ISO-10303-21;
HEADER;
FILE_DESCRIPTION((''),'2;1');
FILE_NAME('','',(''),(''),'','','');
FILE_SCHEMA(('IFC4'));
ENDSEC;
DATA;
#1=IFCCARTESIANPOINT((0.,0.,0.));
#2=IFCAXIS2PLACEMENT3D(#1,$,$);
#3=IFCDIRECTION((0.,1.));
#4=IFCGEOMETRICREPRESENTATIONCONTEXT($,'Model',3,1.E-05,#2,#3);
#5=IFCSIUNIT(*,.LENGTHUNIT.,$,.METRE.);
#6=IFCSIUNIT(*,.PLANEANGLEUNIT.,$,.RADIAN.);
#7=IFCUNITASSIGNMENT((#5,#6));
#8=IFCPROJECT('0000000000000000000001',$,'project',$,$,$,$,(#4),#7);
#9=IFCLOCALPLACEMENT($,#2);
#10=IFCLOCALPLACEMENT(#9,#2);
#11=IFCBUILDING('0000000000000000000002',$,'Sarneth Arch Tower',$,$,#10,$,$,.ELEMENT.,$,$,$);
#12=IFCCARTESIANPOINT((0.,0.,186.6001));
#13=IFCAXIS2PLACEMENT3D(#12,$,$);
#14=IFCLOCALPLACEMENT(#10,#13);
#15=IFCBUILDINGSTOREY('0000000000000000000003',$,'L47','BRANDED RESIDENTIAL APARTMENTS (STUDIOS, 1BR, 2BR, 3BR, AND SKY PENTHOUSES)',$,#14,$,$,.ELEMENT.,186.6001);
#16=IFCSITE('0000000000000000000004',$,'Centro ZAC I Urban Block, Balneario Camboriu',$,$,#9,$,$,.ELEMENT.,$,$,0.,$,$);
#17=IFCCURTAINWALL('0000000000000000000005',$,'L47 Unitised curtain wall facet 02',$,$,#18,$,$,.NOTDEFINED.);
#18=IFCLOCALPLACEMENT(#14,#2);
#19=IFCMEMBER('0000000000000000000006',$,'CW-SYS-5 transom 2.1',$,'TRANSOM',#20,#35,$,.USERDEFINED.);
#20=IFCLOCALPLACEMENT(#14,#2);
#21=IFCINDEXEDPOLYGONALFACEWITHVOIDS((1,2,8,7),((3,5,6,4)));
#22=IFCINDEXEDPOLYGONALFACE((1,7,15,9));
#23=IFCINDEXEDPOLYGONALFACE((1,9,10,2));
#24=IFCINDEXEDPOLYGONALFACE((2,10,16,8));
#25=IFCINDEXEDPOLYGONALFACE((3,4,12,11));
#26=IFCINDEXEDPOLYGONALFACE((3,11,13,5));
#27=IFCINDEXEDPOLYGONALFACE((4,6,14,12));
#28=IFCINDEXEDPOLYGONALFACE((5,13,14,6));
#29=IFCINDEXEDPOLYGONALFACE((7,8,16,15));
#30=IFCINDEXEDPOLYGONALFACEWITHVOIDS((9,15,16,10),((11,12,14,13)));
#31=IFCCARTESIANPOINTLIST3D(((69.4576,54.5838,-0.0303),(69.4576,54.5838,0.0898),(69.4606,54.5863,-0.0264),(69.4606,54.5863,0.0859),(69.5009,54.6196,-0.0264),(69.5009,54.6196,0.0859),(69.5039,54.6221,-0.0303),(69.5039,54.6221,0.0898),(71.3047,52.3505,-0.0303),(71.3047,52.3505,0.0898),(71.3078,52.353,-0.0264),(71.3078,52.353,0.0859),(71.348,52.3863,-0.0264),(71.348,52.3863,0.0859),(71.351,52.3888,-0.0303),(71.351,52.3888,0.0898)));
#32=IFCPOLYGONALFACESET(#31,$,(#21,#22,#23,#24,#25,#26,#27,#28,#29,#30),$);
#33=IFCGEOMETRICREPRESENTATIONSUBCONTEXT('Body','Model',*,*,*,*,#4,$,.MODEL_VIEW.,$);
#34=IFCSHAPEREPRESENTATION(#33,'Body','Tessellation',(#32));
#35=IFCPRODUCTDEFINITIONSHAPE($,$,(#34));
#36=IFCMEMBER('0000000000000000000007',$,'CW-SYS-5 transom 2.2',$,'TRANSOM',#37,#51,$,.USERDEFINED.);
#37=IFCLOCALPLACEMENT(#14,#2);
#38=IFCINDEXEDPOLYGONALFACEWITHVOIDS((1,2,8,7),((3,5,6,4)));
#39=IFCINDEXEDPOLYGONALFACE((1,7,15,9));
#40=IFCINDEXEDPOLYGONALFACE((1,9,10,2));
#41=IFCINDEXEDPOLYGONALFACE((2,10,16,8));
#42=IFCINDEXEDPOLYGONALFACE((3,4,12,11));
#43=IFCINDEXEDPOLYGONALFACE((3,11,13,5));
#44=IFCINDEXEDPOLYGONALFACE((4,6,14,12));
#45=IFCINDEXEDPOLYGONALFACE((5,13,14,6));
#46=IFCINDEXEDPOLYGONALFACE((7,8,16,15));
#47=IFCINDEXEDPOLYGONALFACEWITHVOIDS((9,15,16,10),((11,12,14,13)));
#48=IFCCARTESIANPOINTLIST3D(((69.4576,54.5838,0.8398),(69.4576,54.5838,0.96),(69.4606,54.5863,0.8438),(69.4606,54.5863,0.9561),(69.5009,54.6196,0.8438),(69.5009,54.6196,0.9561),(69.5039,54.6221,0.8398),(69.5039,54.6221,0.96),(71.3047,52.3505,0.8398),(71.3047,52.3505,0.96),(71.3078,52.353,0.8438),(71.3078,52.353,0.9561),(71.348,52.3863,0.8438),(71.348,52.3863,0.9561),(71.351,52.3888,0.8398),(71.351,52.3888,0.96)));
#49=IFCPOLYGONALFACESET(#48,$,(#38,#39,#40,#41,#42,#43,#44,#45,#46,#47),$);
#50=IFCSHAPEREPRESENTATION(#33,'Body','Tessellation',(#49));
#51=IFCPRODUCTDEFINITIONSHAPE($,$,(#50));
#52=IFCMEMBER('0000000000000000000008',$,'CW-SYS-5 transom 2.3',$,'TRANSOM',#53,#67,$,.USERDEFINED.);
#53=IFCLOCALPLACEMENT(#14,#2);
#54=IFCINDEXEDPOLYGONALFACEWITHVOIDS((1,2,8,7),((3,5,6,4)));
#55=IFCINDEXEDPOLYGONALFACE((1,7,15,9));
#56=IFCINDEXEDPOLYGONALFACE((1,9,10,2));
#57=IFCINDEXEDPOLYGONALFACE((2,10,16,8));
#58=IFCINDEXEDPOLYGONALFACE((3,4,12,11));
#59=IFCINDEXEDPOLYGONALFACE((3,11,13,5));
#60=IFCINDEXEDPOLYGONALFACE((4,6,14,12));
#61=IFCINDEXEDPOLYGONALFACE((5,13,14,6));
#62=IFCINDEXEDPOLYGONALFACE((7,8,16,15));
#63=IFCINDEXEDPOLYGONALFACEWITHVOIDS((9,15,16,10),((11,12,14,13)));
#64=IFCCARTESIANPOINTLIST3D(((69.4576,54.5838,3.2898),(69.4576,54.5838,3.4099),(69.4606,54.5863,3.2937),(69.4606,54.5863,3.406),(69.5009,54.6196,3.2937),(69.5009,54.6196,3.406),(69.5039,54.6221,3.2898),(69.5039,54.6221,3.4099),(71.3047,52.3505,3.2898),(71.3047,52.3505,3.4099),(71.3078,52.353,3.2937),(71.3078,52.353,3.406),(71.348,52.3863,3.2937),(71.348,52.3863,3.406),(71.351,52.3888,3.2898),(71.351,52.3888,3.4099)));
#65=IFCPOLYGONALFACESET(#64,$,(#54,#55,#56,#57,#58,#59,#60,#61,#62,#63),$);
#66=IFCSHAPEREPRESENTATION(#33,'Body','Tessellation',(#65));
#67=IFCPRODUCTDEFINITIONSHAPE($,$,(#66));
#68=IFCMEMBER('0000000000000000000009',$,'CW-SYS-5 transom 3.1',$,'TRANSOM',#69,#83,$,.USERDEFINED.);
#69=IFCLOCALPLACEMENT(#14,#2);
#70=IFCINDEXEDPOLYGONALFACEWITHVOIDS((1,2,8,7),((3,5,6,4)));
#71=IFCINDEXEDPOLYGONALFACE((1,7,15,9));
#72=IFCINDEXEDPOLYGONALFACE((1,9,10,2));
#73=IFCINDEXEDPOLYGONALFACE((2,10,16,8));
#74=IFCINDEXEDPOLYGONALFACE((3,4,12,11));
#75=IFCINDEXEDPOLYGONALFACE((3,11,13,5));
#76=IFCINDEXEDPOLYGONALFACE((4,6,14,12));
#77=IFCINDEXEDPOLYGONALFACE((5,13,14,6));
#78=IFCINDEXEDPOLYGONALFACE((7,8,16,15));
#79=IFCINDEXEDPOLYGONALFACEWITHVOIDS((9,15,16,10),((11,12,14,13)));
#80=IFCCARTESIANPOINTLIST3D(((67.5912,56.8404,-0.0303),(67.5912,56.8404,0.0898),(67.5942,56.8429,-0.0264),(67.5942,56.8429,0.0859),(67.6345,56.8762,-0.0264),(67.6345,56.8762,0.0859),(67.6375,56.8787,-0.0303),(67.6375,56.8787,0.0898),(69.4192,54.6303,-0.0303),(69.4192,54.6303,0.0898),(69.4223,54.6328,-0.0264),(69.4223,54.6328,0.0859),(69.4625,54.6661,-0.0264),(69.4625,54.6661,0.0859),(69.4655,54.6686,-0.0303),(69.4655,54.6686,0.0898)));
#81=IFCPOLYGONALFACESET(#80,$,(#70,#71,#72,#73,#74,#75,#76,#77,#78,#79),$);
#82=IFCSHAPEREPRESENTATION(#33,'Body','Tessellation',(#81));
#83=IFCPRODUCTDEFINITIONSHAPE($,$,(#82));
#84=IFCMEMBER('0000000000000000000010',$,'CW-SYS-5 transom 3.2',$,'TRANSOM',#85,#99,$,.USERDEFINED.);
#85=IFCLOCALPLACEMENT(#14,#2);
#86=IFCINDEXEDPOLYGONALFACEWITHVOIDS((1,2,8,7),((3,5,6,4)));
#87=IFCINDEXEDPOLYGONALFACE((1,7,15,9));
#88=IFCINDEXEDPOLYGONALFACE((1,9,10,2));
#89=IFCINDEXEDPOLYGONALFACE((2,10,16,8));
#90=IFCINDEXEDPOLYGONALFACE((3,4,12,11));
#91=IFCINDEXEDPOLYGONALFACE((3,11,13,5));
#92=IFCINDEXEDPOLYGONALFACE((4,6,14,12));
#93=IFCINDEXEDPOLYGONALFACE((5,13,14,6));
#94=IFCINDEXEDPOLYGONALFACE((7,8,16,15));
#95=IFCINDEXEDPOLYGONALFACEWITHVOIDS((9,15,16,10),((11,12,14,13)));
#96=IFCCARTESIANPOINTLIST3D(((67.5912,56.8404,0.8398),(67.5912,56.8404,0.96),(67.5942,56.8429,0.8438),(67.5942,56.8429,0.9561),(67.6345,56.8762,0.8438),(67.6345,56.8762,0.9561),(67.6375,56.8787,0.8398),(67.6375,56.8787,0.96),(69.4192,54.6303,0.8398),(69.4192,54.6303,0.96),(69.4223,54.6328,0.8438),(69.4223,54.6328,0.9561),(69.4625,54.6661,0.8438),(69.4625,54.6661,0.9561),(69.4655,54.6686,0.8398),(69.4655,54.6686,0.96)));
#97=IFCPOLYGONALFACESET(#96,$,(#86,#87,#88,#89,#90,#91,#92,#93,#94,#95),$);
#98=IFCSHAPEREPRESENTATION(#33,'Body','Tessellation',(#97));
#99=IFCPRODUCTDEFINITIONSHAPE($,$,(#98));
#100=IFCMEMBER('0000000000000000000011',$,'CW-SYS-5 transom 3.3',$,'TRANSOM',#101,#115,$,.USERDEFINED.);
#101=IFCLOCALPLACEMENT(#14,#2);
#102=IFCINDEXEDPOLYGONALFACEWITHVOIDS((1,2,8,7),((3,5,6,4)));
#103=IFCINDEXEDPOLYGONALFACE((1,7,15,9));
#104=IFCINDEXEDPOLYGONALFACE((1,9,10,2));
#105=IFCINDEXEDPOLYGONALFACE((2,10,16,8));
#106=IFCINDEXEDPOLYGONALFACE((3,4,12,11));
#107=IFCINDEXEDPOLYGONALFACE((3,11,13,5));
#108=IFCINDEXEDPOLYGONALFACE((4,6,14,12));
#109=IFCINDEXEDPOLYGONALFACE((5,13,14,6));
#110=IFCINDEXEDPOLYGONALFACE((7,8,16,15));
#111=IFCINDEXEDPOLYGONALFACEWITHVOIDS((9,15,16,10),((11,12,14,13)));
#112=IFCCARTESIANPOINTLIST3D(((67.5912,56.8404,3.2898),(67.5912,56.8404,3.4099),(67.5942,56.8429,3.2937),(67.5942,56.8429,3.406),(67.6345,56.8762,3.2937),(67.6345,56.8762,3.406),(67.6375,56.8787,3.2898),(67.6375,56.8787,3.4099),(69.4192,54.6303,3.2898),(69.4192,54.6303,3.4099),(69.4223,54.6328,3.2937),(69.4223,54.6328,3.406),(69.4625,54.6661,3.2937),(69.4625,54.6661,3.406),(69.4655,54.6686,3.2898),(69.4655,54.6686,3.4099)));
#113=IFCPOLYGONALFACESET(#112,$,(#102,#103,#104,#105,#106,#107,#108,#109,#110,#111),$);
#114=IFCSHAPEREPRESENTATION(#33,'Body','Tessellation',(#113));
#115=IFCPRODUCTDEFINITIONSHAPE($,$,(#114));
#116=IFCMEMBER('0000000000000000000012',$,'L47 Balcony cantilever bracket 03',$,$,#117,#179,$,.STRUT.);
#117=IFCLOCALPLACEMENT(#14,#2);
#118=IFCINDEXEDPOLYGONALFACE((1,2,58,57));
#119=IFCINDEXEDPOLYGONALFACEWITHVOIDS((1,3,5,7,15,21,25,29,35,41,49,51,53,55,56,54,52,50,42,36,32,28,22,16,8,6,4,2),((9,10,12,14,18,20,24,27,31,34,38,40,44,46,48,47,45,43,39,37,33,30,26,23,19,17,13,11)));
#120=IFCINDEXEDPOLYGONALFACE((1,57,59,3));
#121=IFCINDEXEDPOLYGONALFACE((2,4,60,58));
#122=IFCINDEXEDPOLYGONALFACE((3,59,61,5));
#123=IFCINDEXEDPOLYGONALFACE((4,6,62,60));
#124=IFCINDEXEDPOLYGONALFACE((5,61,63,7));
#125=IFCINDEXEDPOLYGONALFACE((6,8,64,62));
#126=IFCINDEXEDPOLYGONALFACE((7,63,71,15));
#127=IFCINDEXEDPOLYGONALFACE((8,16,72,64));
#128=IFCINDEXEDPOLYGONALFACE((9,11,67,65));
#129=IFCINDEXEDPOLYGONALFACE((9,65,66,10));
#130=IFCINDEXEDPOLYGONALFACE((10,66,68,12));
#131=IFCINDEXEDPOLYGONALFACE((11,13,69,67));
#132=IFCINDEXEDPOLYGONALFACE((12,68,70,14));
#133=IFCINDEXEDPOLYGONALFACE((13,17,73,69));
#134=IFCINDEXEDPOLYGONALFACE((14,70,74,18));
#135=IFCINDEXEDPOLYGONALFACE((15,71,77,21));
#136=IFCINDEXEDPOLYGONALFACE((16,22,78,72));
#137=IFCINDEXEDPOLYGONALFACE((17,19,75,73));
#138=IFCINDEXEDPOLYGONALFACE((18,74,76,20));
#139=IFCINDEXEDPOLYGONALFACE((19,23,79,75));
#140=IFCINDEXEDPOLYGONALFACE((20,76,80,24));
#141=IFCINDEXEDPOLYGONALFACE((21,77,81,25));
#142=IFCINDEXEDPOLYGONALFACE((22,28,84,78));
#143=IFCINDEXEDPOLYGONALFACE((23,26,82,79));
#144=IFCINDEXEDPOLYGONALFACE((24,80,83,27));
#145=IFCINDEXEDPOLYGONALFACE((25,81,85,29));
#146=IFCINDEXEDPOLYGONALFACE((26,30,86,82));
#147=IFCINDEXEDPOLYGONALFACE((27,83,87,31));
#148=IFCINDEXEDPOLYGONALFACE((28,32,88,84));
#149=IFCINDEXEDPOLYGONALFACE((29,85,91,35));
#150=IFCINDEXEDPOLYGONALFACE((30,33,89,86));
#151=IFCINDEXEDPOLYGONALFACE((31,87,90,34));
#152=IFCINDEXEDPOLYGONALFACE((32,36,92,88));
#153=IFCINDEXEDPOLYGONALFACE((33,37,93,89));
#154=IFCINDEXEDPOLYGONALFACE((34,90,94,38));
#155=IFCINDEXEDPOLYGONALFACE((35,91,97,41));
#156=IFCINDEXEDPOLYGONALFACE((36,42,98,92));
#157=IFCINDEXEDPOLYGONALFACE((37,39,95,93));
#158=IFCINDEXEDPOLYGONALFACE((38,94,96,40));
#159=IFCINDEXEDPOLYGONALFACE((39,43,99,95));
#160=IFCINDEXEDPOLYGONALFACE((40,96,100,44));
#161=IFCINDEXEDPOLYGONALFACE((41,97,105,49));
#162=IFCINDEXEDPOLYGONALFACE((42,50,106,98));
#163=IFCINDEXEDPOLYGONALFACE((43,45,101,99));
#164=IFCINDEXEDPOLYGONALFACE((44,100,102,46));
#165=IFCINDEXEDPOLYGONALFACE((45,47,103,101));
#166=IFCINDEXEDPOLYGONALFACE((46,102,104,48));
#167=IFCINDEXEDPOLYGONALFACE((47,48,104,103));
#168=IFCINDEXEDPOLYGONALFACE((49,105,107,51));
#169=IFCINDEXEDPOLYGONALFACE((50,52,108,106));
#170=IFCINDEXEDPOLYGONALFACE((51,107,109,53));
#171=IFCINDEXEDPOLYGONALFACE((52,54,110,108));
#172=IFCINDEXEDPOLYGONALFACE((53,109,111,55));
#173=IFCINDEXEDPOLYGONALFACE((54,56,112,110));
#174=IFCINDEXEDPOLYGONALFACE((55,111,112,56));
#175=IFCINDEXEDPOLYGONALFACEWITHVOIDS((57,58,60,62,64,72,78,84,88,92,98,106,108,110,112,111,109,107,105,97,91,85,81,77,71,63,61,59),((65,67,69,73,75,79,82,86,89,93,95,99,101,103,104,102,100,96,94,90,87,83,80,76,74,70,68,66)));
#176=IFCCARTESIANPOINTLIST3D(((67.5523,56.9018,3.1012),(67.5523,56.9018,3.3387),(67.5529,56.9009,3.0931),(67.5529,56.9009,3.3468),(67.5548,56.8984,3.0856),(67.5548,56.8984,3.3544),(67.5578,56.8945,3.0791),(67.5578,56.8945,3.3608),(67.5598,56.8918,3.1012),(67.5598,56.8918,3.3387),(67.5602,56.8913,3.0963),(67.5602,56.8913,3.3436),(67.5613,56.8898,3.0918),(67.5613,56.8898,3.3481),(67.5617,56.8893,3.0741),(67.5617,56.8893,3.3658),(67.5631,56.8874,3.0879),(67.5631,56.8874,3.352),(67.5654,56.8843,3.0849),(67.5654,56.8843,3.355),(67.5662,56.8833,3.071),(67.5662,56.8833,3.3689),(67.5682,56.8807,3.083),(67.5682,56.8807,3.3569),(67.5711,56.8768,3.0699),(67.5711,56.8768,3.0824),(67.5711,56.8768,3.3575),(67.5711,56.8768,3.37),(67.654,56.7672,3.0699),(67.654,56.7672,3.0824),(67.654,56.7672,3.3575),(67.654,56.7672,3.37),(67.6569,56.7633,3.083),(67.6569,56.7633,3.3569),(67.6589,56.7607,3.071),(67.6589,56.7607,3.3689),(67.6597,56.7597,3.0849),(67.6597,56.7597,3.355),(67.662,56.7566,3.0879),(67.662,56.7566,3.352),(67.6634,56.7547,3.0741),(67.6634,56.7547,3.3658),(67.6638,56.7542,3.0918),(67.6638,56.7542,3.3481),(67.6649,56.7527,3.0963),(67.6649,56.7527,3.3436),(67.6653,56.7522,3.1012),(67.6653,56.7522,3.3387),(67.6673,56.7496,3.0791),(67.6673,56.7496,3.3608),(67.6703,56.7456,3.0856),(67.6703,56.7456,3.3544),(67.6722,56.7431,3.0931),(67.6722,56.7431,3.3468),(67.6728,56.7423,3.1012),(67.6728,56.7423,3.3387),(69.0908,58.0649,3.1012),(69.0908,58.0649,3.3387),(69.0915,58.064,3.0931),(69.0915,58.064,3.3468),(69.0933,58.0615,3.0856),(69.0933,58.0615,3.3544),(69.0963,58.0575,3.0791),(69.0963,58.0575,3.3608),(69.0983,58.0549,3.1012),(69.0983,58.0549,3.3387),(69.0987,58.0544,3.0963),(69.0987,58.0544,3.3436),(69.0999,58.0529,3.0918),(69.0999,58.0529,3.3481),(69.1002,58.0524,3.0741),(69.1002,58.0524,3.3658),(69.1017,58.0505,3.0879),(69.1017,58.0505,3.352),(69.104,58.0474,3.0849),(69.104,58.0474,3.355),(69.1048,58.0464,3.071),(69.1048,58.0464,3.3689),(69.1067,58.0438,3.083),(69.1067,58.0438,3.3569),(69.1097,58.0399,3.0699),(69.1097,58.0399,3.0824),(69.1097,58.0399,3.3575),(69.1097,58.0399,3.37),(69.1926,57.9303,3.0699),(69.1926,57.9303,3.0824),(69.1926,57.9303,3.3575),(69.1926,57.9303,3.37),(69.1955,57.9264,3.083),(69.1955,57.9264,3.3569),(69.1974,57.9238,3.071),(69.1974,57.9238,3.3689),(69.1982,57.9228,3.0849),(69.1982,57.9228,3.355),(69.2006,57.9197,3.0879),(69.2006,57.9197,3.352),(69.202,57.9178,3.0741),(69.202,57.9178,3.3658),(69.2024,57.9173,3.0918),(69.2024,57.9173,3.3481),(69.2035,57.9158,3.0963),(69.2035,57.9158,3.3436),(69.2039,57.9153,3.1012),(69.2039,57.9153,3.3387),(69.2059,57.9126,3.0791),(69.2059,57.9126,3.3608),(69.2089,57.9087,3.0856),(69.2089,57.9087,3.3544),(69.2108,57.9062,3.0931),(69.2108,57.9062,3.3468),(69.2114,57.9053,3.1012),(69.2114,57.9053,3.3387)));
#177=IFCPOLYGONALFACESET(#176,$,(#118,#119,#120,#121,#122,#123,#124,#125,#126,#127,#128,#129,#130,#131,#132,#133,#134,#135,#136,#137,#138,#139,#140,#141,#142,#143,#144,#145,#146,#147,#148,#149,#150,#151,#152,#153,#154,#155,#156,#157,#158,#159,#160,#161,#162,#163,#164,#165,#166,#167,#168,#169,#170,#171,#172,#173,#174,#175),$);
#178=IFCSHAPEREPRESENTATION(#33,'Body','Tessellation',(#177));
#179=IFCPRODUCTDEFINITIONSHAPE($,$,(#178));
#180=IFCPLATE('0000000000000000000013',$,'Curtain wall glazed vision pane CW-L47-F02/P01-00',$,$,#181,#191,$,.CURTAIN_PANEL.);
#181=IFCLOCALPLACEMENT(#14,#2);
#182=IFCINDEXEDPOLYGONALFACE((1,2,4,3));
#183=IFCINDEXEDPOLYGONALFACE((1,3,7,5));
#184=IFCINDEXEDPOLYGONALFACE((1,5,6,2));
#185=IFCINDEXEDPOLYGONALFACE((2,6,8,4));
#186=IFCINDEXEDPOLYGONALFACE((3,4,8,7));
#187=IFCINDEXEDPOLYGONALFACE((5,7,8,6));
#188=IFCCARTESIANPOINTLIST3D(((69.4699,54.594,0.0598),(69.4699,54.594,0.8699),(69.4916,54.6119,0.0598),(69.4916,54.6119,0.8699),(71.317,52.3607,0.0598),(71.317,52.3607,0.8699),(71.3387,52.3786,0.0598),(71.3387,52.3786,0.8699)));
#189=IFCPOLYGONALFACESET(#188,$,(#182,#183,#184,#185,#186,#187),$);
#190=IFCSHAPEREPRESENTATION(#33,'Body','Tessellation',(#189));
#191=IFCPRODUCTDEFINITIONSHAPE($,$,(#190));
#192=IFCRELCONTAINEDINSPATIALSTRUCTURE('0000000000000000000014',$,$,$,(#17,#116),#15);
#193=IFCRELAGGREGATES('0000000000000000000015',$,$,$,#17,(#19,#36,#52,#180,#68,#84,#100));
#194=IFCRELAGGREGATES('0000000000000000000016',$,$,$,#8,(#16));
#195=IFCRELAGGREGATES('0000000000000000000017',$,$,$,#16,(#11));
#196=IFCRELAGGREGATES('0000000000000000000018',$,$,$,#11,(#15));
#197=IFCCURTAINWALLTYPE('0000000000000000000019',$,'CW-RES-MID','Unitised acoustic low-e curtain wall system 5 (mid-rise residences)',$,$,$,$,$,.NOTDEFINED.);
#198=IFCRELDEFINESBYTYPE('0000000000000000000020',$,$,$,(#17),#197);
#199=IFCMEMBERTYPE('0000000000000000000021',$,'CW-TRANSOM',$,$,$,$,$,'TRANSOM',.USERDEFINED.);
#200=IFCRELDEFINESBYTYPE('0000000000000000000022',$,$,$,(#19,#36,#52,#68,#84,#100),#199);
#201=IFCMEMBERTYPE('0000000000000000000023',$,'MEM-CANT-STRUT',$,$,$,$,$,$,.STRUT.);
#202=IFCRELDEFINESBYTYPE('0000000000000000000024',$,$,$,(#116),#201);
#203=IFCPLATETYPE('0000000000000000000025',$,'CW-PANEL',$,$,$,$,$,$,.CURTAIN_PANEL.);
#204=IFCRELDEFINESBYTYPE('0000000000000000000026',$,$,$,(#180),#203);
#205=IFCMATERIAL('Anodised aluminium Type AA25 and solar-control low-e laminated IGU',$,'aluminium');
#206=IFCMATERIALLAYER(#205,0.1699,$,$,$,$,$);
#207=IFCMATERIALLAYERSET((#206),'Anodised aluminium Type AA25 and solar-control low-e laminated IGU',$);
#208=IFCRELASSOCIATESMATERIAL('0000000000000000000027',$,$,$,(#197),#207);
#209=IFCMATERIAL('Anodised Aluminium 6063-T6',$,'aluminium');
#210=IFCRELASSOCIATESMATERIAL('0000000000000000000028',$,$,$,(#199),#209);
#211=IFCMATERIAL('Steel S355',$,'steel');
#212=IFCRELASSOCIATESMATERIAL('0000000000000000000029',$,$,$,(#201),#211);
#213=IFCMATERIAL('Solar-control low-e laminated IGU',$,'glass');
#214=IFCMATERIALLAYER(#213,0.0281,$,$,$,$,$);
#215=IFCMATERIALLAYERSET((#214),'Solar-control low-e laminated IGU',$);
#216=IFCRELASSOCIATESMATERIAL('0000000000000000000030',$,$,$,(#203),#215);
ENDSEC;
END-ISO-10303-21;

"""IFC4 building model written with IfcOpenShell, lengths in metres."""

from ifc_helpers import new_model, si_unit, direction, frame, origin, origin_2d, place, context, subcontext, project, spatial, rectangle, hollow_rectangle, extrude, material, layer, layer_set, material_profile, profile_set, type_object, element, aggregate, save


model = new_model("IFC4")

# Units and contexts
model_context = context("Model", 3, precision=1e-05, world=origin(), true_north=direction((0.0, 1.0)))
body_context = subcontext(model_context, "Body", "Model", "MODEL_VIEW")
ifc_project = project(units=[si_unit("LENGTHUNIT", "METRE"), si_unit("PLANEANGLEUNIT", "RADIAN")], contexts=[model_context])

# Site, building, storey
site_placement = place(None, origin())
site = spatial("IfcSite", under=ifc_project, at=site_placement, Name="Centro ZAC I Urban Block, Balneario Camboriu", CompositionType="ELEMENT", RefElevation=0.0)
building_placement = place(site_placement, origin())
building = spatial("IfcBuilding", under=site, at=building_placement, Name="Sarneth Arch Tower", CompositionType="ELEMENT")
storey_placement = place(building_placement, frame((0.0, 0.0, 186.6001)))
storey = spatial("IfcBuildingStorey", under=building, at=storey_placement, Name="L47", Description="BRANDED RESIDENTIAL APARTMENTS (STUDIOS, 1BR, 2BR, 3BR, AND SKY PENTHOUSES)", CompositionType="ELEMENT", Elevation=186.6001)

# Curtain wall, members
ifc_material_1 = material(Name="Anodised aluminium Type AA25 and solar-control low-e laminated IGU", Category="aluminium")
ifc_layer_1 = layer(ifc_material_1, 0.1699)
ifc_layer_set_1 = layer_set([ifc_layer_1], Name="Anodised aluminium Type AA25 and solar-control low-e laminated IGU")
curtain_wall_type = type_object("IfcCurtainWallType", Name="CW-RES-MID", Description="Unitised acoustic low-e curtain wall system 5 (mid-rise residences)", PredefinedType="NOTDEFINED", material=ifc_layer_set_1)
curtain_wall_placement = place(storey_placement, origin())
curtain_wall = element("IfcCurtainWall", 1, at=curtain_wall_placement, inside=storey, type_object=curtain_wall_type, Name="L47 Unitised curtain wall facet 02", PredefinedType="NOTDEFINED")
ifc_material_2 = material(Name="Anodised Aluminium 6063-T6", Category="aluminium")
ifc_material_profile_1 = material_profile(ifc_material_2, hollow_rectangle(XDim=0.0601, YDim=0.1201, WallThickness=0.0039, at=origin_2d()), Name="AL-TRAN-120x60x4")
ifc_profile_set_1 = profile_set([ifc_material_profile_1], Name="Anodised Aluminium 6063-T6")
member_type_1 = type_object("IfcMemberType", Name="CW-TRANSOM", ElementType="TRANSOM", PredefinedType="USERDEFINED", material=ifc_profile_set_1)
member_1_placement = place(storey_placement, frame((71.3279, 52.3696, 0.0298), z_axis=(-0.63733, 0.770591, 0.0), x_axis=(-0.770591, -0.63733, 0.0)))
member_1 = element("IfcMember", 2, at=member_1_placement, type_object=member_type_1, Name="CW-SYS-5 transom 2.1", ObjectType="TRANSOM", PredefinedType="USERDEFINED", context=body_context, shape_type="SweptSolid", body=[
    extrude(hollow_rectangle(XDim=0.0601, YDim=0.1201, WallThickness=0.0039, at=origin_2d()), origin(), (0.0, 0.0, 1.0), 2.8982),
])
member_2_placement = place(storey_placement, frame((71.3279, 52.3696, 0.8999), z_axis=(-0.63733, 0.770591, 0.0), x_axis=(-0.770591, -0.63733, 0.0)))
member_2 = element("IfcMember", 3, at=member_2_placement, type_object=member_type_1, Name="CW-SYS-5 transom 2.2", ObjectType="TRANSOM", PredefinedType="USERDEFINED", context=body_context, shape_type="SweptSolid", body=[
    extrude(hollow_rectangle(XDim=0.0601, YDim=0.1201, WallThickness=0.0039, at=origin_2d()), origin(), (0.0, 0.0, 1.0), 2.8982),
])
member_3_placement = place(storey_placement, frame((71.3279, 52.3696, 3.3499), z_axis=(-0.63733, 0.770591, 0.0), x_axis=(-0.770591, -0.63733, 0.0)))
member_3 = element("IfcMember", 4, at=member_3_placement, type_object=member_type_1, Name="CW-SYS-5 transom 2.3", ObjectType="TRANSOM", PredefinedType="USERDEFINED", context=body_context, shape_type="SweptSolid", body=[
    extrude(hollow_rectangle(XDim=0.0601, YDim=0.1201, WallThickness=0.0039, at=origin_2d()), origin(), (0.0, 0.0, 1.0), 2.8982),
])
member_4_placement = place(storey_placement, frame((69.4424, 54.6494, 0.0298), z_axis=(-0.637359, 0.770567, 0.0), x_axis=(-0.770567, -0.637359, 0.0)))
member_4 = element("IfcMember", 5, at=member_4_placement, type_object=member_type_1, Name="CW-SYS-5 transom 3.1", ObjectType="TRANSOM", PredefinedType="USERDEFINED", context=body_context, shape_type="SweptSolid", body=[
    extrude(hollow_rectangle(XDim=0.0601, YDim=0.1201, WallThickness=0.0039, at=origin_2d()), origin(), (0.0, 0.0, 1.0), 2.8682),
])
member_5_placement = place(storey_placement, frame((69.4424, 54.6494, 0.8999), z_axis=(-0.637359, 0.770567, 0.0), x_axis=(-0.770567, -0.637359, 0.0)))
member_5 = element("IfcMember", 6, at=member_5_placement, type_object=member_type_1, Name="CW-SYS-5 transom 3.2", ObjectType="TRANSOM", PredefinedType="USERDEFINED", context=body_context, shape_type="SweptSolid", body=[
    extrude(hollow_rectangle(XDim=0.0601, YDim=0.1201, WallThickness=0.0039, at=origin_2d()), origin(), (0.0, 0.0, 1.0), 2.8682),
])
member_6_placement = place(storey_placement, frame((69.4424, 54.6494, 3.3499), z_axis=(-0.637359, 0.770567, 0.0), x_axis=(-0.770567, -0.637359, 0.0)))
member_6 = element("IfcMember", 7, at=member_6_placement, type_object=member_type_1, Name="CW-SYS-5 transom 3.3", ObjectType="TRANSOM", PredefinedType="USERDEFINED", context=body_context, shape_type="SweptSolid", body=[
    extrude(hollow_rectangle(XDim=0.0601, YDim=0.1201, WallThickness=0.0039, at=origin_2d()), origin(), (0.0, 0.0, 1.0), 2.8682),
])

# Member
ifc_material_3 = material(Name="Steel S355", Category="steel")
ifc_material_profile_2 = material_profile(ifc_material_3, hollow_rectangle(XDim=0.2, YDim=0.3, WallThickness=0.0125, InnerFilletRadius=0.0188, OuterFilletRadius=0.0312, at=origin_2d()), Name="RHS300x200x12.5")
ifc_profile_set_2 = profile_set([ifc_material_profile_2], Name="Steel S355")
member_type_2 = type_object("IfcMemberType", Name="MEM-CANT-STRUT", PredefinedType="STRUT", material=ifc_profile_set_2)
member_7_placement = place(storey_placement, frame((67.6125, 56.822, 3.22), z_axis=(0.797716, 0.603034, 0.0), x_axis=(-0.603034, 0.797716, 0.0)))
element("IfcMember", 8, at=member_7_placement, inside=storey, type_object=member_type_2, Name="L47 Balcony cantilever bracket 03", PredefinedType="STRUT", context=body_context, shape_type="SweptSolid", body=[
    extrude(hollow_rectangle(XDim=0.2, YDim=0.3, WallThickness=0.0125, InnerFilletRadius=0.0188, OuterFilletRadius=0.0312, at=origin_2d()), origin(), (0.0, 0.0, 1.0), 1.9287),
])

# Plate
ifc_material_4 = material(Name="Solar-control low-e laminated IGU", Category="glass")
ifc_layer_2 = layer(ifc_material_4, 0.0281)
ifc_layer_set_2 = layer_set([ifc_layer_2], Name="Solar-control low-e laminated IGU")
plate_type_1 = type_object("IfcPlateType", Name="CW-PANEL", PredefinedType="CURTAIN_PANEL", material=ifc_layer_set_2)
plate_1_placement = place(storey_placement, frame((70.4043, 53.4863, 0.0598), z_axis=(0.0, 0.0, 1.0), x_axis=(-0.63733, 0.770591, 0.0)))
plate_1 = element("IfcPlate", 9, at=plate_1_placement, type_object=plate_type_1, Name="Curtain wall glazed vision pane CW-L47-F02/P01-00", PredefinedType="CURTAIN_PANEL", context=body_context, shape_type="SweptSolid", body=[
    extrude(rectangle(XDim=2.8982, YDim=0.0281, at=origin_2d()), origin(), (0.0, 0.0, 1.0), 0.8101),
])
aggregate(curtain_wall, [member_1, member_2, member_3, plate_1, member_4, member_5, member_6])

save(model, "model.ifc")
